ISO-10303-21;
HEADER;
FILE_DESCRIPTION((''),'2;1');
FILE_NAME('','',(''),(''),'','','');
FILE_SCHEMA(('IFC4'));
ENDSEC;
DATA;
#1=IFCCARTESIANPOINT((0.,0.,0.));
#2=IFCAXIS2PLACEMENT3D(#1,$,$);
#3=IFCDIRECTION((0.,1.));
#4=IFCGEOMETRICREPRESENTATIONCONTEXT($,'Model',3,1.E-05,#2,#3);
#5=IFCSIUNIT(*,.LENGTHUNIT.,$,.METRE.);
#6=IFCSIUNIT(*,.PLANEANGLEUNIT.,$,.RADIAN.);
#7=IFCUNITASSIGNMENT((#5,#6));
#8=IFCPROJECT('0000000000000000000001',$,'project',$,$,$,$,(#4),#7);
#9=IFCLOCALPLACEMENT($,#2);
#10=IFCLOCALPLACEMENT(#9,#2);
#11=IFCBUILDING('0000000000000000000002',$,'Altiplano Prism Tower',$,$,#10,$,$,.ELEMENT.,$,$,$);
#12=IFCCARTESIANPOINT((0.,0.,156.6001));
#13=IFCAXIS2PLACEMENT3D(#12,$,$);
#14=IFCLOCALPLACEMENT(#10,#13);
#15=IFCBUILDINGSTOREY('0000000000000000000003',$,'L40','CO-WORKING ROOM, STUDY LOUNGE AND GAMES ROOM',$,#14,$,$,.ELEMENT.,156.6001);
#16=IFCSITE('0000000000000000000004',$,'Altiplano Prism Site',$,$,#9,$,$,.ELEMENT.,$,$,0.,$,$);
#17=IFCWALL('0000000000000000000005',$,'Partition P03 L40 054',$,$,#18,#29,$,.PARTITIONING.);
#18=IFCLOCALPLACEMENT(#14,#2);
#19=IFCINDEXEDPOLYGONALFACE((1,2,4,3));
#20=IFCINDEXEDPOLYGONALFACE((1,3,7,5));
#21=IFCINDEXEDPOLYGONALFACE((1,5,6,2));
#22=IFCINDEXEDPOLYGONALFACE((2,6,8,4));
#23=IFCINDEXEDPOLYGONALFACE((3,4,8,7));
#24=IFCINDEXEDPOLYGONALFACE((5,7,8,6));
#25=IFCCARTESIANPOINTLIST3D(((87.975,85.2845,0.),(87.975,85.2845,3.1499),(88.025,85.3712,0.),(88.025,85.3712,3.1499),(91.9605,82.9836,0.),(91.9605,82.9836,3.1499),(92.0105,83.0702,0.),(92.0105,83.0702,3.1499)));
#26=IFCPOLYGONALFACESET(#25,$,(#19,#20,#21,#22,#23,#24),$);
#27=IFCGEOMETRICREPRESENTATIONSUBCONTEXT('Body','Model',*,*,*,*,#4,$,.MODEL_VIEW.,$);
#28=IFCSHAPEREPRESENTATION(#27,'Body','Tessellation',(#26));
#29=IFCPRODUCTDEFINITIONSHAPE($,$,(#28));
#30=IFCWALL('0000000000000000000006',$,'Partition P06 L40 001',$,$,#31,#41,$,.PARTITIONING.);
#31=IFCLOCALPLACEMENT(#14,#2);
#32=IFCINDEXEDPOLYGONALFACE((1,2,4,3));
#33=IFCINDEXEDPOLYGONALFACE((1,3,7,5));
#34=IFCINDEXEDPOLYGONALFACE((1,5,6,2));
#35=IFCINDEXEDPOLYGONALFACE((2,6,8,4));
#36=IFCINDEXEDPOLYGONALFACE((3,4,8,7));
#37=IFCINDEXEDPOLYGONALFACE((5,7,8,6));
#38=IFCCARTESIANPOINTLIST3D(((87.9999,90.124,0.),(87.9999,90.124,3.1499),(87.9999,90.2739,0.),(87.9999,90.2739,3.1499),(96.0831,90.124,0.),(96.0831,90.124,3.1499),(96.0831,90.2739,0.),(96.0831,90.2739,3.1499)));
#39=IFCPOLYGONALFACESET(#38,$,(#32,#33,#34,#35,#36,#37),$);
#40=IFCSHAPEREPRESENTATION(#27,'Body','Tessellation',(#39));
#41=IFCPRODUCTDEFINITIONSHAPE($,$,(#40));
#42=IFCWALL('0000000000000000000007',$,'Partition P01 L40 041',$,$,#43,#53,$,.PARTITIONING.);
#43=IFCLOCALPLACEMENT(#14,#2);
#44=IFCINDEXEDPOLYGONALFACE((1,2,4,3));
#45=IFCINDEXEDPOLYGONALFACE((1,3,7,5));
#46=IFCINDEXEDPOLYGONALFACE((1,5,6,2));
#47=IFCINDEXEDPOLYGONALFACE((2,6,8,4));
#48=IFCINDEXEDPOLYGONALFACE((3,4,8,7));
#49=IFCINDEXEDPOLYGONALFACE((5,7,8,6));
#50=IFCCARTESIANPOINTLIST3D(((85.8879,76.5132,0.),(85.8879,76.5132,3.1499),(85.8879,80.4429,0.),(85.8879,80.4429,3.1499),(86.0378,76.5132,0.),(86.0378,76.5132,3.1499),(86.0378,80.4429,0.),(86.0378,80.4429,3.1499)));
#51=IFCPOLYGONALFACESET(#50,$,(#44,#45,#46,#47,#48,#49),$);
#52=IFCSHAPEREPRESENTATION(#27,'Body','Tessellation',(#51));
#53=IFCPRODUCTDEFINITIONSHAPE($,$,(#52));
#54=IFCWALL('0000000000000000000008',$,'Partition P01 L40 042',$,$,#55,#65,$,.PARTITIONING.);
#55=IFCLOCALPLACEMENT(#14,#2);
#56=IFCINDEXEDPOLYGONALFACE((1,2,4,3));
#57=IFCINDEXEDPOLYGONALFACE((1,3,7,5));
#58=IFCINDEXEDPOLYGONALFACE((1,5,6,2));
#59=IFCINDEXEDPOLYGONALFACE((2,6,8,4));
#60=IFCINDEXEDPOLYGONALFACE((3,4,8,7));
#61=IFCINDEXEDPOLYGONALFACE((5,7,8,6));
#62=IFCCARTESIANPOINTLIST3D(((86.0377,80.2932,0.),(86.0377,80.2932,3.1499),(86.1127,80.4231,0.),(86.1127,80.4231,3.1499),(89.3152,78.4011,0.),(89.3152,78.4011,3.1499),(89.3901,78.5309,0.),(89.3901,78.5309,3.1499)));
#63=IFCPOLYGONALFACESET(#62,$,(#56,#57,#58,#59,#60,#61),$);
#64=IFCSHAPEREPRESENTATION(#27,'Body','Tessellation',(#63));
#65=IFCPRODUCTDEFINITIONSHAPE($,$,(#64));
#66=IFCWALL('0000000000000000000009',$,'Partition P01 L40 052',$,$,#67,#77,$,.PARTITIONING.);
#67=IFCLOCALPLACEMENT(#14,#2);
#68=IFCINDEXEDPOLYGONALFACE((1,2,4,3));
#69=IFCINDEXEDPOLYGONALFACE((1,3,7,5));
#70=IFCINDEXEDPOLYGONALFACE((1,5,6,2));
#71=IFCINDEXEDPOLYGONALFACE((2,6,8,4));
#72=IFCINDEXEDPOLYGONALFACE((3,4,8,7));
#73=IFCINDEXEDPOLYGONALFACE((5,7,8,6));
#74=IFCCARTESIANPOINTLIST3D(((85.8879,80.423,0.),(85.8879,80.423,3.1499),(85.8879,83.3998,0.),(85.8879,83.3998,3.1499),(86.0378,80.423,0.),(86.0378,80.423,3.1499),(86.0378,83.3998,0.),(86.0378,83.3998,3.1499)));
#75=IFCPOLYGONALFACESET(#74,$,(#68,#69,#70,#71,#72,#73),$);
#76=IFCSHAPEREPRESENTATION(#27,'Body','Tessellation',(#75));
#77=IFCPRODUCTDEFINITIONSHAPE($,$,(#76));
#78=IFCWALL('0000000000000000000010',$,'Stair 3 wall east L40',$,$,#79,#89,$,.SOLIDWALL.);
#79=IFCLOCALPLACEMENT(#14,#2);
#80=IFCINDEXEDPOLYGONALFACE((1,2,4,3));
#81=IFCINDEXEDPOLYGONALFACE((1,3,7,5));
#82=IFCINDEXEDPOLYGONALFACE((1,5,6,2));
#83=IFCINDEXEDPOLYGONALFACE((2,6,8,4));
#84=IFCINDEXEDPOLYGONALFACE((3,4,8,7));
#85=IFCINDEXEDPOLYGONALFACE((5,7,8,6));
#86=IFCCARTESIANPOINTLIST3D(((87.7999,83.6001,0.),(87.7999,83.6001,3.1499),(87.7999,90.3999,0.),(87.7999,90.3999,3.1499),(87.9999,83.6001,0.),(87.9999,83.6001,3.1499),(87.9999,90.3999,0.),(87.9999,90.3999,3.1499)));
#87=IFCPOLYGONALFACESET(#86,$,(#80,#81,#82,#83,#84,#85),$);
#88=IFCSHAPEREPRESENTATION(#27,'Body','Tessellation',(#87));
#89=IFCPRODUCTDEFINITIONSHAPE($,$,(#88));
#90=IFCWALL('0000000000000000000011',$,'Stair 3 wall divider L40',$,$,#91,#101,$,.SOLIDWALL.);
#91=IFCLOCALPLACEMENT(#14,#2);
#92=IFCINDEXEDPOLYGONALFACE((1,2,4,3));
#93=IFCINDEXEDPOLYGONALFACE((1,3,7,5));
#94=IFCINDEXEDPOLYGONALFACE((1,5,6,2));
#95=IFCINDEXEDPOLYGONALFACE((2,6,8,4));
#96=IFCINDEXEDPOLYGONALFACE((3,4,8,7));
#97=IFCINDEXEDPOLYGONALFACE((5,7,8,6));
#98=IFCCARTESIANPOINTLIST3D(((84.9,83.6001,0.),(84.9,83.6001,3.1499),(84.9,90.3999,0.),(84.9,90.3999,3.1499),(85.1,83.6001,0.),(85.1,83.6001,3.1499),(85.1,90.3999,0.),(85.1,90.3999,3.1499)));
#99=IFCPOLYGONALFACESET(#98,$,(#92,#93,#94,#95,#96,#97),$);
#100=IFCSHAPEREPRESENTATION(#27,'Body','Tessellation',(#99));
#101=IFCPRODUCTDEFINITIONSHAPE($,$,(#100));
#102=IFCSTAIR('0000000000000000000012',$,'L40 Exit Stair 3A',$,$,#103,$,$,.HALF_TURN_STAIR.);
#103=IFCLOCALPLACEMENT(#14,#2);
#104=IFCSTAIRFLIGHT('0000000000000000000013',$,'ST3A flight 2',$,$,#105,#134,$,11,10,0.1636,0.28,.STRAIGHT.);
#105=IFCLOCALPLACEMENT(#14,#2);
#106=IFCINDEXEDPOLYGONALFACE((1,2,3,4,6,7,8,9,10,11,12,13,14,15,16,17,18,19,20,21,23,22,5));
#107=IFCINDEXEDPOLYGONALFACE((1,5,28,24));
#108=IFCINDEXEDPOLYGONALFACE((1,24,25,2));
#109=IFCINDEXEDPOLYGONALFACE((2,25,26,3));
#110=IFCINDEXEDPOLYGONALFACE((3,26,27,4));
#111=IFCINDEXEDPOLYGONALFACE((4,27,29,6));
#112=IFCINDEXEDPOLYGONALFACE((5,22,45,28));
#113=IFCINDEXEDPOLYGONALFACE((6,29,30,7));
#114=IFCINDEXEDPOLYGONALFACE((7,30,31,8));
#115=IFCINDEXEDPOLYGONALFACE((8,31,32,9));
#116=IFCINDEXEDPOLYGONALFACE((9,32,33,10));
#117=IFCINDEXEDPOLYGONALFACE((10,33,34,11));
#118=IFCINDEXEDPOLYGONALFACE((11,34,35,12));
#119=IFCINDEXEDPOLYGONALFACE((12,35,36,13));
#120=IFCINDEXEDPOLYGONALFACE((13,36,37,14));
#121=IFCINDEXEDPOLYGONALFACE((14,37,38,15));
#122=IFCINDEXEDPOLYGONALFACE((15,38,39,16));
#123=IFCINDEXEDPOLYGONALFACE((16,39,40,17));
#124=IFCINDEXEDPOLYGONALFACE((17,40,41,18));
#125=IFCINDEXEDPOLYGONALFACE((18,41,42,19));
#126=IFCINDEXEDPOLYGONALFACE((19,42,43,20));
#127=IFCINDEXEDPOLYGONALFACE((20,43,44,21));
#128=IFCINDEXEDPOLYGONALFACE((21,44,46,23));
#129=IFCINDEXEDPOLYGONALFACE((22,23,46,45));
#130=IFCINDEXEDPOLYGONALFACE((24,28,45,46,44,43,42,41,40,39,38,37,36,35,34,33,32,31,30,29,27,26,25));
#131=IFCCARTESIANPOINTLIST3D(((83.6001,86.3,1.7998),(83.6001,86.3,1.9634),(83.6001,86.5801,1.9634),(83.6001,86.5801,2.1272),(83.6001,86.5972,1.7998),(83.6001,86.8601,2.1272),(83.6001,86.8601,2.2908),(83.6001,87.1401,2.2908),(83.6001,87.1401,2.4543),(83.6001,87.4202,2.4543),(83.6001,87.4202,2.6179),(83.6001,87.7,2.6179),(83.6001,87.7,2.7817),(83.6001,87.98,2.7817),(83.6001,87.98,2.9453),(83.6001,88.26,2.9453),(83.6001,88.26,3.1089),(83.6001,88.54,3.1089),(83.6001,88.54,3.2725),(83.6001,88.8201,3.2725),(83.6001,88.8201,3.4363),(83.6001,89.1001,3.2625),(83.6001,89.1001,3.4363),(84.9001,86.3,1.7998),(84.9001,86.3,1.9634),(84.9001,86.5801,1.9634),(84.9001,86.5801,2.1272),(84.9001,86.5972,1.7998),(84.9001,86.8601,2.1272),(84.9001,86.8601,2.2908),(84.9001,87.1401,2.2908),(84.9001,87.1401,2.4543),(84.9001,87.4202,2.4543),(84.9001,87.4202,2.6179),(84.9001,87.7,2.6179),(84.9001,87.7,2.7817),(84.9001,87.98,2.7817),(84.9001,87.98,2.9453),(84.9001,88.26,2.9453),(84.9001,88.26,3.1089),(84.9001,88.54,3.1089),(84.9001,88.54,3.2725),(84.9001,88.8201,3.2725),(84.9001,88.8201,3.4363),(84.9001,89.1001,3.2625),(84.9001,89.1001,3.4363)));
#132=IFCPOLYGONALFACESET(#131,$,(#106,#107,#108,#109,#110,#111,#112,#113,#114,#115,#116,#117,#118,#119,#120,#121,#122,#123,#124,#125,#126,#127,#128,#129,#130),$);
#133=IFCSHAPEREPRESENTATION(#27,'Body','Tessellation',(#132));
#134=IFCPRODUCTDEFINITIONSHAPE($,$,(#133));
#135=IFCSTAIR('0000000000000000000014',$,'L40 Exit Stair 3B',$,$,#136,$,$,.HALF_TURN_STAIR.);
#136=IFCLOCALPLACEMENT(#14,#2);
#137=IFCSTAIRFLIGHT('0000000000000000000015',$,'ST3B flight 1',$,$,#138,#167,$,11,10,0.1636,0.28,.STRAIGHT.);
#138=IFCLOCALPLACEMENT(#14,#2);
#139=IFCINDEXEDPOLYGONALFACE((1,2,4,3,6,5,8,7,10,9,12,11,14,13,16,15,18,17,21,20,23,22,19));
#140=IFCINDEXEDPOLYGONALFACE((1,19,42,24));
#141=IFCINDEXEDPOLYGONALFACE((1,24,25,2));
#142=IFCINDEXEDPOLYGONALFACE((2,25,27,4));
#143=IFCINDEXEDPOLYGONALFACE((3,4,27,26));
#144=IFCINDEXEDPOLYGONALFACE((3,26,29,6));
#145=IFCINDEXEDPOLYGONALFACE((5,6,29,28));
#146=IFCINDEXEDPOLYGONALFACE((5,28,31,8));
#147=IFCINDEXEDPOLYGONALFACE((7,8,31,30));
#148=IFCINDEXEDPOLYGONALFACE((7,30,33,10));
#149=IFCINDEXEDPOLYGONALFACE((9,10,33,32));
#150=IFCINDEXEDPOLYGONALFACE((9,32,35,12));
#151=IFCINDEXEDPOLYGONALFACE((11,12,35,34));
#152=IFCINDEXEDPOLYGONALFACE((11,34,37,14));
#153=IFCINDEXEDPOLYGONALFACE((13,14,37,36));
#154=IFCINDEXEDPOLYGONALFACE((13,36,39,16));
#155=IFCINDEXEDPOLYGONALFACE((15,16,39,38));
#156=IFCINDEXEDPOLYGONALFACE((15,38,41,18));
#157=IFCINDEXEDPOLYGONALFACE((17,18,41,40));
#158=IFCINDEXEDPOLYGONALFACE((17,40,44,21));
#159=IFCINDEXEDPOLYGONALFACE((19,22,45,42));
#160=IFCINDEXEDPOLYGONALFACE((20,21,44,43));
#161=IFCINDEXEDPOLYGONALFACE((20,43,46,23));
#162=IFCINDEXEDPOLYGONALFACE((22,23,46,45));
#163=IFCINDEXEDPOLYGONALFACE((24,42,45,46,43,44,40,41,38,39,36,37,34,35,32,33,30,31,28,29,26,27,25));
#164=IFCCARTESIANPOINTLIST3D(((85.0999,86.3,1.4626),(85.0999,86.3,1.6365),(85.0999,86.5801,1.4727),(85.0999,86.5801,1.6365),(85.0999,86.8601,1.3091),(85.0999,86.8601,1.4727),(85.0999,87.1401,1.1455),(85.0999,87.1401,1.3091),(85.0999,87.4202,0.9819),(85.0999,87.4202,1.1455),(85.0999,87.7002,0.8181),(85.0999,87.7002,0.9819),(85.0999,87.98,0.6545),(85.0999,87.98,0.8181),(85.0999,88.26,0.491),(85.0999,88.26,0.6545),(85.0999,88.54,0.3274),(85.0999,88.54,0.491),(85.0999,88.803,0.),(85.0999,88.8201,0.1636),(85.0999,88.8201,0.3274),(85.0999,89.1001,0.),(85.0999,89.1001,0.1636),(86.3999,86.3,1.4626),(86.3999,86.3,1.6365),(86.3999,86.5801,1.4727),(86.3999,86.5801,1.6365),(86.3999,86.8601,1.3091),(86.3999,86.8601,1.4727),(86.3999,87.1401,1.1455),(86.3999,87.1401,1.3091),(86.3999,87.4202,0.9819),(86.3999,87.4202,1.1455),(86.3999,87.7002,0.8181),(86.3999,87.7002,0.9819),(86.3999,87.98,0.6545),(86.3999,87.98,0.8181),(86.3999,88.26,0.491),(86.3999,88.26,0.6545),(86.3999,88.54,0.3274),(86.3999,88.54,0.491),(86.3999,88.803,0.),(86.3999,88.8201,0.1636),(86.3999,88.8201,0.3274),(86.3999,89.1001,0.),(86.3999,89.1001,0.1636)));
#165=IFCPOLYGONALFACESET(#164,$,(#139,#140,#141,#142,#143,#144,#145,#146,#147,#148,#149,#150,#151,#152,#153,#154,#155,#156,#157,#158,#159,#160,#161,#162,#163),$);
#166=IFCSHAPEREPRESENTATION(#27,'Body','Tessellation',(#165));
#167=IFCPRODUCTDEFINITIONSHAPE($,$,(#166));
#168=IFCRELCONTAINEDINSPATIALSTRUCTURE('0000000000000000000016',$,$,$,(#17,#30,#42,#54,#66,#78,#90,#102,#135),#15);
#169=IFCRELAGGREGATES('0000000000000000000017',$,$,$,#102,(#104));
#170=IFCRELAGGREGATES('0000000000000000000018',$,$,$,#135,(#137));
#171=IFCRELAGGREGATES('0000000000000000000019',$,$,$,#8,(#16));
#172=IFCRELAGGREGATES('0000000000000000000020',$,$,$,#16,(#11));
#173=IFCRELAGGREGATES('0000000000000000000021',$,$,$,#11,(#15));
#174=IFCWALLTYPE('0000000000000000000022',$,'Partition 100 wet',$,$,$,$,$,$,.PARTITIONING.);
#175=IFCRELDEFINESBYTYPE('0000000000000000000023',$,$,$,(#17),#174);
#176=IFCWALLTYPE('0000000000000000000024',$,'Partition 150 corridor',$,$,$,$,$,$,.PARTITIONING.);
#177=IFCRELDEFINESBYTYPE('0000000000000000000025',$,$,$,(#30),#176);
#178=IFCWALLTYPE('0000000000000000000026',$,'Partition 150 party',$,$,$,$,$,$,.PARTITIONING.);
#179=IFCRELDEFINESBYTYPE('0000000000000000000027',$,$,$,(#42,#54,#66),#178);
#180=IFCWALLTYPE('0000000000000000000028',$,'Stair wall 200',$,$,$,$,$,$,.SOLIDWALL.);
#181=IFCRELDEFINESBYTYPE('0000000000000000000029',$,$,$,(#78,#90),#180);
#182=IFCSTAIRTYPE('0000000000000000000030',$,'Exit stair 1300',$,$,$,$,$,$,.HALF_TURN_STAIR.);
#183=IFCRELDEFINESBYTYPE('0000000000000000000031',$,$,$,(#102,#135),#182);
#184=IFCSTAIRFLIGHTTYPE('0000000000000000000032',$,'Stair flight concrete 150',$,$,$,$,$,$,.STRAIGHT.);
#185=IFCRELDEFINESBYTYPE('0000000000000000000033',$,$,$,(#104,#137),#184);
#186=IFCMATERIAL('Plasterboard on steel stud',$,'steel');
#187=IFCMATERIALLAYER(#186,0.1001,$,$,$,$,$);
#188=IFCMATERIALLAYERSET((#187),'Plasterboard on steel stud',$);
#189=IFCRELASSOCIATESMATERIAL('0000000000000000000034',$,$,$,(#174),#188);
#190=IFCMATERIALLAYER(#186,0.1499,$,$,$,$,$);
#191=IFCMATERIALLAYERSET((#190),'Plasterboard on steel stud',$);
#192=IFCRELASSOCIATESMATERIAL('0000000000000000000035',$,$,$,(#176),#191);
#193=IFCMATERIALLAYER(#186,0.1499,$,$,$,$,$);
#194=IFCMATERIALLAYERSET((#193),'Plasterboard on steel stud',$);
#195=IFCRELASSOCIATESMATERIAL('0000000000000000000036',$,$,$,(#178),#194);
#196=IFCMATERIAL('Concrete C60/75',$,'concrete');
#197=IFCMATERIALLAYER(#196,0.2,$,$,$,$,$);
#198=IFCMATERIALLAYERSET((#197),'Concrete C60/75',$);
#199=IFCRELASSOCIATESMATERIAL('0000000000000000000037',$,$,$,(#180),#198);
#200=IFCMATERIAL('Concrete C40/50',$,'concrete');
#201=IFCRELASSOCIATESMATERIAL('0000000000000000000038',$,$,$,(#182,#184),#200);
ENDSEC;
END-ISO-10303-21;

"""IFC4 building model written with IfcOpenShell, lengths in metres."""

from ifc_helpers import new_model, si_unit, direction, frame, frame_2d, origin, place, context, subcontext, project, spatial, polyline, rectangle, outline, extrude, material, layer, layer_set, type_object, element, aggregate, save


model = new_model("IFC4")

# Units and contexts
model_context = context("Model", 3, precision=1e-05, world=origin(), true_north=direction((0.0, 1.0)))
body_context = subcontext(model_context, "Body", "Model", "MODEL_VIEW")
ifc_project = project(units=[si_unit("LENGTHUNIT", "METRE"), si_unit("PLANEANGLEUNIT", "RADIAN")], contexts=[model_context])

# Site, building, storey
site_placement = place(None, origin())
site = spatial("IfcSite", under=ifc_project, at=site_placement, Name="Altiplano Prism Site", CompositionType="ELEMENT", RefElevation=0.0)
building_placement = place(site_placement, origin())
building = spatial("IfcBuilding", under=site, at=building_placement, Name="Altiplano Prism Tower", CompositionType="ELEMENT")
storey_placement = place(building_placement, frame((0.0, 0.0, 156.6001)))
storey = spatial("IfcBuildingStorey", under=building, at=storey_placement, Name="L40", Description="CO-WORKING ROOM, STUDY LOUNGE AND GAMES ROOM", CompositionType="ELEMENT", Elevation=156.6001)

# Shared definitions
ifc_material_1 = material(Name="Concrete C60/75", Category="concrete")

# Walls
ifc_material_2 = material(Name="Plasterboard on steel stud", Category="steel")
ifc_layer_1 = layer(ifc_material_2, 0.1001)
ifc_layer_set_1 = layer_set([ifc_layer_1], Name="Plasterboard on steel stud")
wall_type_1 = type_object("IfcWallType", Name="Partition 100 wet", PredefinedType="PARTITIONING", material=ifc_layer_set_1)
wall_1_placement = place(storey_placement, frame((88.0, 85.3279, 0.0), z_axis=(0.0, 0.0, 1.0), x_axis=(0.866031, -0.49999, 0.0)))
element("IfcWall", 1, at=wall_1_placement, inside=storey, type_object=wall_type_1, Name="Partition P03 L40 054", PredefinedType="PARTITIONING", context=body_context, shape_type="SweptSolid", body=[
    extrude(rectangle(XDim=4.6021, YDim=0.1001, at=frame_2d((2.301, 0.0))), origin(), (0.0, 0.0, 1.0), 3.1499),
])
ifc_layer_2 = layer(ifc_material_2, 0.1499)
ifc_layer_set_2 = layer_set([ifc_layer_2], Name="Plasterboard on steel stud")
wall_type_2 = type_object("IfcWallType", Name="Partition 150 corridor", PredefinedType="PARTITIONING", material=ifc_layer_set_2)
wall_2_placement = place(storey_placement, frame((88.0, 90.199, 0.0), z_axis=(0.0, 0.0, 1.0), x_axis=(1.0, 0.0, 0.0)))
element("IfcWall", 2, at=wall_2_placement, inside=storey, type_object=wall_type_2, Name="Partition P06 L40 001", PredefinedType="PARTITIONING", context=body_context, shape_type="SweptSolid", body=[
    extrude(rectangle(XDim=8.0833, YDim=0.1499, at=frame_2d((4.0415, 0.0))), origin(), (0.0, 0.0, 1.0), 3.1499),
])
ifc_layer_3 = layer(ifc_material_2, 0.1499)
ifc_layer_set_3 = layer_set([ifc_layer_3], Name="Plasterboard on steel stud")
wall_type_3 = type_object("IfcWallType", Name="Partition 150 party", PredefinedType="PARTITIONING", material=ifc_layer_set_3)
wall_3_placement = place(storey_placement, frame((85.9629, 80.4429, 0.0), z_axis=(0.0, 0.0, 1.0), x_axis=(0.0, -1.0, 0.0)))
element("IfcWall", 3, at=wall_3_placement, inside=storey, type_object=wall_type_3, Name="Partition P01 L40 041", PredefinedType="PARTITIONING", context=body_context, shape_type="SweptSolid", body=[
    extrude(rectangle(XDim=3.9297, YDim=0.1499, at=frame_2d((1.9648, 0.0))), origin(), (0.0, 0.0, 1.0), 3.1499),
])
wall_4_placement = place(storey_placement, frame((89.3525, 78.4661, 0.0), z_axis=(0.0, 0.0, 1.0), x_axis=(-0.866035, 0.499983, 0.0)))
element("IfcWall", 4, at=wall_4_placement, inside=storey, type_object=wall_type_3, Name="Partition P01 L40 042", PredefinedType="PARTITIONING", context=body_context, shape_type="SweptSolid", body=[
    extrude(rectangle(XDim=3.7844, YDim=0.1499, at=frame_2d((1.8921, 0.0))), origin(), (0.0, 0.0, 1.0), 3.1499),
])
wall_5_placement = place(storey_placement, frame((85.9629, 80.4231, 0.0), z_axis=(0.0, 0.0, 1.0), x_axis=(0.0, 1.0, 0.0)))
element("IfcWall", 5, at=wall_5_placement, inside=storey, type_object=wall_type_3, Name="Partition P01 L40 052", PredefinedType="PARTITIONING", context=body_context, shape_type="SweptSolid", body=[
    extrude(rectangle(XDim=2.9768, YDim=0.1499, at=frame_2d((1.4883, 0.0))), origin(), (0.0, 0.0, 1.0), 3.1499),
])
ifc_layer_4 = layer(ifc_material_1, 0.2)
ifc_layer_set_4 = layer_set([ifc_layer_4], Name="Concrete C60/75")
wall_type_4 = type_object("IfcWallType", Name="Stair wall 200", PredefinedType="SOLIDWALL", material=ifc_layer_set_4)
for number, where, z_axis, x_axis, name in (
    (6, (87.8999, 83.6001, 0.0), (0.0, 0.0, 1.0), (0.0, 1.0, 0.0), "Stair 3 wall east L40"),
    (7, (85.0, 83.6001, 0.0), (0.0, 0.0, 1.0), (0.0, 1.0, 0.0), "Stair 3 wall divider L40"),
):
    element("IfcWall", number, at=place(storey_placement, frame(where, z_axis=z_axis, x_axis=x_axis)), inside=storey, type_object=wall_type_4, Name=name, PredefinedType="SOLIDWALL", context=body_context, shape_type="SweptSolid", body=[
        extrude(rectangle(XDim=6.7998, YDim=0.2, at=frame_2d((3.3999, 0.0))), origin(), (0.0, 0.0, 1.0), 3.1499),
    ])

# Stair, stair flight
ifc_material_3 = material(Name="Concrete C40/50", Category="concrete")
stair_type = type_object("IfcStairType", Name="Exit stair 1300", PredefinedType="HALF_TURN_STAIR", material=ifc_material_3)
stair_1_placement = place(storey_placement, origin())
stair_1 = element("IfcStair", 8, at=stair_1_placement, inside=storey, type_object=stair_type, Name="L40 Exit Stair 3A", PredefinedType="HALF_TURN_STAIR")
stair_flight_type = type_object("IfcStairFlightType", Name="Stair flight concrete 150", PredefinedType="STRAIGHT", material=ifc_material_3)
stair_flight_1_placement = place(storey_placement, frame((84.25, 86.3, 1.7998), z_axis=(0.0, 0.0, 1.0), x_axis=(0.0, 1.0, 0.0)))
stair_flight_1 = element("IfcStairFlight", 9, at=stair_flight_1_placement, type_object=stair_flight_type, Name="ST3A flight 2", NumberOfRisers=11, NumberOfTreads=10, PredefinedType="STRAIGHT", RiserHeight=0.1636, TreadLength=0.28, context=body_context, shape_type="SweptSolid", body=[
    extrude(outline(polyline([(0.0, 0.0), (0.0, 0.1636), (0.28, 0.1636), (0.28, 0.3274), (0.5601, 0.3274), (0.5601, 0.491), (0.8401, 0.491), (0.8401, 0.6545), (1.1201, 0.6545), (1.1201, 0.8181), (1.3999, 0.8181), (1.3999, 0.9819), (1.6799, 0.9819), (1.6799, 1.1455), (1.96, 1.1455), (1.96, 1.3091), (2.24, 1.3091), (2.24, 1.4727), (2.52, 1.4727), (2.52, 1.6365), (2.8, 1.6365), (2.8, 1.8), (2.8, 1.4626), (0.2971, 0.0), (0.0, 0.0)])), frame((0.0, 0.6499, 0.0), z_axis=(0.0, -1.0, 0.0), x_axis=(1.0, 0.0, 0.0)), (0.0, 0.0, 1.0), 1.3),
])
aggregate(stair_1, [stair_flight_1])

# Stair, stair flight
stair_2_placement = place(storey_placement, origin())
stair_2 = element("IfcStair", 10, at=stair_2_placement, inside=storey, type_object=stair_type, Name="L40 Exit Stair 3B", PredefinedType="HALF_TURN_STAIR")
stair_flight_2_placement = place(storey_placement, frame((85.75, 89.1001, 0.0), z_axis=(0.0, 0.0, 1.0), x_axis=(0.0, -1.0, 0.0)))
stair_flight_2 = element("IfcStairFlight", 11, at=stair_flight_2_placement, type_object=stair_flight_type, Name="ST3B flight 1", NumberOfRisers=11, NumberOfTreads=10, PredefinedType="STRAIGHT", RiserHeight=0.1636, TreadLength=0.28, context=body_context, shape_type="SweptSolid", body=[
    extrude(outline(polyline([(0.0, 0.0), (0.0, 0.1636), (0.28, 0.1636), (0.28, 0.3274), (0.5601, 0.3274), (0.5601, 0.491), (0.8401, 0.491), (0.8401, 0.6545), (1.1201, 0.6545), (1.1201, 0.8181), (1.3999, 0.8181), (1.3999, 0.9819), (1.6799, 0.9819), (1.6799, 1.1455), (1.96, 1.1455), (1.96, 1.3091), (2.24, 1.3091), (2.24, 1.4727), (2.52, 1.4727), (2.52, 1.6365), (2.8, 1.6365), (2.8, 1.8), (2.8, 1.4626), (0.2971, 0.0), (0.0, 0.0)])), frame((0.0, 0.6499, 0.0), z_axis=(0.0, -1.0, 0.0), x_axis=(1.0, 0.0, 0.0)), (0.0, 0.0, 1.0), 1.3),
])
aggregate(stair_2, [stair_flight_2])

save(model, "model.ifc")
